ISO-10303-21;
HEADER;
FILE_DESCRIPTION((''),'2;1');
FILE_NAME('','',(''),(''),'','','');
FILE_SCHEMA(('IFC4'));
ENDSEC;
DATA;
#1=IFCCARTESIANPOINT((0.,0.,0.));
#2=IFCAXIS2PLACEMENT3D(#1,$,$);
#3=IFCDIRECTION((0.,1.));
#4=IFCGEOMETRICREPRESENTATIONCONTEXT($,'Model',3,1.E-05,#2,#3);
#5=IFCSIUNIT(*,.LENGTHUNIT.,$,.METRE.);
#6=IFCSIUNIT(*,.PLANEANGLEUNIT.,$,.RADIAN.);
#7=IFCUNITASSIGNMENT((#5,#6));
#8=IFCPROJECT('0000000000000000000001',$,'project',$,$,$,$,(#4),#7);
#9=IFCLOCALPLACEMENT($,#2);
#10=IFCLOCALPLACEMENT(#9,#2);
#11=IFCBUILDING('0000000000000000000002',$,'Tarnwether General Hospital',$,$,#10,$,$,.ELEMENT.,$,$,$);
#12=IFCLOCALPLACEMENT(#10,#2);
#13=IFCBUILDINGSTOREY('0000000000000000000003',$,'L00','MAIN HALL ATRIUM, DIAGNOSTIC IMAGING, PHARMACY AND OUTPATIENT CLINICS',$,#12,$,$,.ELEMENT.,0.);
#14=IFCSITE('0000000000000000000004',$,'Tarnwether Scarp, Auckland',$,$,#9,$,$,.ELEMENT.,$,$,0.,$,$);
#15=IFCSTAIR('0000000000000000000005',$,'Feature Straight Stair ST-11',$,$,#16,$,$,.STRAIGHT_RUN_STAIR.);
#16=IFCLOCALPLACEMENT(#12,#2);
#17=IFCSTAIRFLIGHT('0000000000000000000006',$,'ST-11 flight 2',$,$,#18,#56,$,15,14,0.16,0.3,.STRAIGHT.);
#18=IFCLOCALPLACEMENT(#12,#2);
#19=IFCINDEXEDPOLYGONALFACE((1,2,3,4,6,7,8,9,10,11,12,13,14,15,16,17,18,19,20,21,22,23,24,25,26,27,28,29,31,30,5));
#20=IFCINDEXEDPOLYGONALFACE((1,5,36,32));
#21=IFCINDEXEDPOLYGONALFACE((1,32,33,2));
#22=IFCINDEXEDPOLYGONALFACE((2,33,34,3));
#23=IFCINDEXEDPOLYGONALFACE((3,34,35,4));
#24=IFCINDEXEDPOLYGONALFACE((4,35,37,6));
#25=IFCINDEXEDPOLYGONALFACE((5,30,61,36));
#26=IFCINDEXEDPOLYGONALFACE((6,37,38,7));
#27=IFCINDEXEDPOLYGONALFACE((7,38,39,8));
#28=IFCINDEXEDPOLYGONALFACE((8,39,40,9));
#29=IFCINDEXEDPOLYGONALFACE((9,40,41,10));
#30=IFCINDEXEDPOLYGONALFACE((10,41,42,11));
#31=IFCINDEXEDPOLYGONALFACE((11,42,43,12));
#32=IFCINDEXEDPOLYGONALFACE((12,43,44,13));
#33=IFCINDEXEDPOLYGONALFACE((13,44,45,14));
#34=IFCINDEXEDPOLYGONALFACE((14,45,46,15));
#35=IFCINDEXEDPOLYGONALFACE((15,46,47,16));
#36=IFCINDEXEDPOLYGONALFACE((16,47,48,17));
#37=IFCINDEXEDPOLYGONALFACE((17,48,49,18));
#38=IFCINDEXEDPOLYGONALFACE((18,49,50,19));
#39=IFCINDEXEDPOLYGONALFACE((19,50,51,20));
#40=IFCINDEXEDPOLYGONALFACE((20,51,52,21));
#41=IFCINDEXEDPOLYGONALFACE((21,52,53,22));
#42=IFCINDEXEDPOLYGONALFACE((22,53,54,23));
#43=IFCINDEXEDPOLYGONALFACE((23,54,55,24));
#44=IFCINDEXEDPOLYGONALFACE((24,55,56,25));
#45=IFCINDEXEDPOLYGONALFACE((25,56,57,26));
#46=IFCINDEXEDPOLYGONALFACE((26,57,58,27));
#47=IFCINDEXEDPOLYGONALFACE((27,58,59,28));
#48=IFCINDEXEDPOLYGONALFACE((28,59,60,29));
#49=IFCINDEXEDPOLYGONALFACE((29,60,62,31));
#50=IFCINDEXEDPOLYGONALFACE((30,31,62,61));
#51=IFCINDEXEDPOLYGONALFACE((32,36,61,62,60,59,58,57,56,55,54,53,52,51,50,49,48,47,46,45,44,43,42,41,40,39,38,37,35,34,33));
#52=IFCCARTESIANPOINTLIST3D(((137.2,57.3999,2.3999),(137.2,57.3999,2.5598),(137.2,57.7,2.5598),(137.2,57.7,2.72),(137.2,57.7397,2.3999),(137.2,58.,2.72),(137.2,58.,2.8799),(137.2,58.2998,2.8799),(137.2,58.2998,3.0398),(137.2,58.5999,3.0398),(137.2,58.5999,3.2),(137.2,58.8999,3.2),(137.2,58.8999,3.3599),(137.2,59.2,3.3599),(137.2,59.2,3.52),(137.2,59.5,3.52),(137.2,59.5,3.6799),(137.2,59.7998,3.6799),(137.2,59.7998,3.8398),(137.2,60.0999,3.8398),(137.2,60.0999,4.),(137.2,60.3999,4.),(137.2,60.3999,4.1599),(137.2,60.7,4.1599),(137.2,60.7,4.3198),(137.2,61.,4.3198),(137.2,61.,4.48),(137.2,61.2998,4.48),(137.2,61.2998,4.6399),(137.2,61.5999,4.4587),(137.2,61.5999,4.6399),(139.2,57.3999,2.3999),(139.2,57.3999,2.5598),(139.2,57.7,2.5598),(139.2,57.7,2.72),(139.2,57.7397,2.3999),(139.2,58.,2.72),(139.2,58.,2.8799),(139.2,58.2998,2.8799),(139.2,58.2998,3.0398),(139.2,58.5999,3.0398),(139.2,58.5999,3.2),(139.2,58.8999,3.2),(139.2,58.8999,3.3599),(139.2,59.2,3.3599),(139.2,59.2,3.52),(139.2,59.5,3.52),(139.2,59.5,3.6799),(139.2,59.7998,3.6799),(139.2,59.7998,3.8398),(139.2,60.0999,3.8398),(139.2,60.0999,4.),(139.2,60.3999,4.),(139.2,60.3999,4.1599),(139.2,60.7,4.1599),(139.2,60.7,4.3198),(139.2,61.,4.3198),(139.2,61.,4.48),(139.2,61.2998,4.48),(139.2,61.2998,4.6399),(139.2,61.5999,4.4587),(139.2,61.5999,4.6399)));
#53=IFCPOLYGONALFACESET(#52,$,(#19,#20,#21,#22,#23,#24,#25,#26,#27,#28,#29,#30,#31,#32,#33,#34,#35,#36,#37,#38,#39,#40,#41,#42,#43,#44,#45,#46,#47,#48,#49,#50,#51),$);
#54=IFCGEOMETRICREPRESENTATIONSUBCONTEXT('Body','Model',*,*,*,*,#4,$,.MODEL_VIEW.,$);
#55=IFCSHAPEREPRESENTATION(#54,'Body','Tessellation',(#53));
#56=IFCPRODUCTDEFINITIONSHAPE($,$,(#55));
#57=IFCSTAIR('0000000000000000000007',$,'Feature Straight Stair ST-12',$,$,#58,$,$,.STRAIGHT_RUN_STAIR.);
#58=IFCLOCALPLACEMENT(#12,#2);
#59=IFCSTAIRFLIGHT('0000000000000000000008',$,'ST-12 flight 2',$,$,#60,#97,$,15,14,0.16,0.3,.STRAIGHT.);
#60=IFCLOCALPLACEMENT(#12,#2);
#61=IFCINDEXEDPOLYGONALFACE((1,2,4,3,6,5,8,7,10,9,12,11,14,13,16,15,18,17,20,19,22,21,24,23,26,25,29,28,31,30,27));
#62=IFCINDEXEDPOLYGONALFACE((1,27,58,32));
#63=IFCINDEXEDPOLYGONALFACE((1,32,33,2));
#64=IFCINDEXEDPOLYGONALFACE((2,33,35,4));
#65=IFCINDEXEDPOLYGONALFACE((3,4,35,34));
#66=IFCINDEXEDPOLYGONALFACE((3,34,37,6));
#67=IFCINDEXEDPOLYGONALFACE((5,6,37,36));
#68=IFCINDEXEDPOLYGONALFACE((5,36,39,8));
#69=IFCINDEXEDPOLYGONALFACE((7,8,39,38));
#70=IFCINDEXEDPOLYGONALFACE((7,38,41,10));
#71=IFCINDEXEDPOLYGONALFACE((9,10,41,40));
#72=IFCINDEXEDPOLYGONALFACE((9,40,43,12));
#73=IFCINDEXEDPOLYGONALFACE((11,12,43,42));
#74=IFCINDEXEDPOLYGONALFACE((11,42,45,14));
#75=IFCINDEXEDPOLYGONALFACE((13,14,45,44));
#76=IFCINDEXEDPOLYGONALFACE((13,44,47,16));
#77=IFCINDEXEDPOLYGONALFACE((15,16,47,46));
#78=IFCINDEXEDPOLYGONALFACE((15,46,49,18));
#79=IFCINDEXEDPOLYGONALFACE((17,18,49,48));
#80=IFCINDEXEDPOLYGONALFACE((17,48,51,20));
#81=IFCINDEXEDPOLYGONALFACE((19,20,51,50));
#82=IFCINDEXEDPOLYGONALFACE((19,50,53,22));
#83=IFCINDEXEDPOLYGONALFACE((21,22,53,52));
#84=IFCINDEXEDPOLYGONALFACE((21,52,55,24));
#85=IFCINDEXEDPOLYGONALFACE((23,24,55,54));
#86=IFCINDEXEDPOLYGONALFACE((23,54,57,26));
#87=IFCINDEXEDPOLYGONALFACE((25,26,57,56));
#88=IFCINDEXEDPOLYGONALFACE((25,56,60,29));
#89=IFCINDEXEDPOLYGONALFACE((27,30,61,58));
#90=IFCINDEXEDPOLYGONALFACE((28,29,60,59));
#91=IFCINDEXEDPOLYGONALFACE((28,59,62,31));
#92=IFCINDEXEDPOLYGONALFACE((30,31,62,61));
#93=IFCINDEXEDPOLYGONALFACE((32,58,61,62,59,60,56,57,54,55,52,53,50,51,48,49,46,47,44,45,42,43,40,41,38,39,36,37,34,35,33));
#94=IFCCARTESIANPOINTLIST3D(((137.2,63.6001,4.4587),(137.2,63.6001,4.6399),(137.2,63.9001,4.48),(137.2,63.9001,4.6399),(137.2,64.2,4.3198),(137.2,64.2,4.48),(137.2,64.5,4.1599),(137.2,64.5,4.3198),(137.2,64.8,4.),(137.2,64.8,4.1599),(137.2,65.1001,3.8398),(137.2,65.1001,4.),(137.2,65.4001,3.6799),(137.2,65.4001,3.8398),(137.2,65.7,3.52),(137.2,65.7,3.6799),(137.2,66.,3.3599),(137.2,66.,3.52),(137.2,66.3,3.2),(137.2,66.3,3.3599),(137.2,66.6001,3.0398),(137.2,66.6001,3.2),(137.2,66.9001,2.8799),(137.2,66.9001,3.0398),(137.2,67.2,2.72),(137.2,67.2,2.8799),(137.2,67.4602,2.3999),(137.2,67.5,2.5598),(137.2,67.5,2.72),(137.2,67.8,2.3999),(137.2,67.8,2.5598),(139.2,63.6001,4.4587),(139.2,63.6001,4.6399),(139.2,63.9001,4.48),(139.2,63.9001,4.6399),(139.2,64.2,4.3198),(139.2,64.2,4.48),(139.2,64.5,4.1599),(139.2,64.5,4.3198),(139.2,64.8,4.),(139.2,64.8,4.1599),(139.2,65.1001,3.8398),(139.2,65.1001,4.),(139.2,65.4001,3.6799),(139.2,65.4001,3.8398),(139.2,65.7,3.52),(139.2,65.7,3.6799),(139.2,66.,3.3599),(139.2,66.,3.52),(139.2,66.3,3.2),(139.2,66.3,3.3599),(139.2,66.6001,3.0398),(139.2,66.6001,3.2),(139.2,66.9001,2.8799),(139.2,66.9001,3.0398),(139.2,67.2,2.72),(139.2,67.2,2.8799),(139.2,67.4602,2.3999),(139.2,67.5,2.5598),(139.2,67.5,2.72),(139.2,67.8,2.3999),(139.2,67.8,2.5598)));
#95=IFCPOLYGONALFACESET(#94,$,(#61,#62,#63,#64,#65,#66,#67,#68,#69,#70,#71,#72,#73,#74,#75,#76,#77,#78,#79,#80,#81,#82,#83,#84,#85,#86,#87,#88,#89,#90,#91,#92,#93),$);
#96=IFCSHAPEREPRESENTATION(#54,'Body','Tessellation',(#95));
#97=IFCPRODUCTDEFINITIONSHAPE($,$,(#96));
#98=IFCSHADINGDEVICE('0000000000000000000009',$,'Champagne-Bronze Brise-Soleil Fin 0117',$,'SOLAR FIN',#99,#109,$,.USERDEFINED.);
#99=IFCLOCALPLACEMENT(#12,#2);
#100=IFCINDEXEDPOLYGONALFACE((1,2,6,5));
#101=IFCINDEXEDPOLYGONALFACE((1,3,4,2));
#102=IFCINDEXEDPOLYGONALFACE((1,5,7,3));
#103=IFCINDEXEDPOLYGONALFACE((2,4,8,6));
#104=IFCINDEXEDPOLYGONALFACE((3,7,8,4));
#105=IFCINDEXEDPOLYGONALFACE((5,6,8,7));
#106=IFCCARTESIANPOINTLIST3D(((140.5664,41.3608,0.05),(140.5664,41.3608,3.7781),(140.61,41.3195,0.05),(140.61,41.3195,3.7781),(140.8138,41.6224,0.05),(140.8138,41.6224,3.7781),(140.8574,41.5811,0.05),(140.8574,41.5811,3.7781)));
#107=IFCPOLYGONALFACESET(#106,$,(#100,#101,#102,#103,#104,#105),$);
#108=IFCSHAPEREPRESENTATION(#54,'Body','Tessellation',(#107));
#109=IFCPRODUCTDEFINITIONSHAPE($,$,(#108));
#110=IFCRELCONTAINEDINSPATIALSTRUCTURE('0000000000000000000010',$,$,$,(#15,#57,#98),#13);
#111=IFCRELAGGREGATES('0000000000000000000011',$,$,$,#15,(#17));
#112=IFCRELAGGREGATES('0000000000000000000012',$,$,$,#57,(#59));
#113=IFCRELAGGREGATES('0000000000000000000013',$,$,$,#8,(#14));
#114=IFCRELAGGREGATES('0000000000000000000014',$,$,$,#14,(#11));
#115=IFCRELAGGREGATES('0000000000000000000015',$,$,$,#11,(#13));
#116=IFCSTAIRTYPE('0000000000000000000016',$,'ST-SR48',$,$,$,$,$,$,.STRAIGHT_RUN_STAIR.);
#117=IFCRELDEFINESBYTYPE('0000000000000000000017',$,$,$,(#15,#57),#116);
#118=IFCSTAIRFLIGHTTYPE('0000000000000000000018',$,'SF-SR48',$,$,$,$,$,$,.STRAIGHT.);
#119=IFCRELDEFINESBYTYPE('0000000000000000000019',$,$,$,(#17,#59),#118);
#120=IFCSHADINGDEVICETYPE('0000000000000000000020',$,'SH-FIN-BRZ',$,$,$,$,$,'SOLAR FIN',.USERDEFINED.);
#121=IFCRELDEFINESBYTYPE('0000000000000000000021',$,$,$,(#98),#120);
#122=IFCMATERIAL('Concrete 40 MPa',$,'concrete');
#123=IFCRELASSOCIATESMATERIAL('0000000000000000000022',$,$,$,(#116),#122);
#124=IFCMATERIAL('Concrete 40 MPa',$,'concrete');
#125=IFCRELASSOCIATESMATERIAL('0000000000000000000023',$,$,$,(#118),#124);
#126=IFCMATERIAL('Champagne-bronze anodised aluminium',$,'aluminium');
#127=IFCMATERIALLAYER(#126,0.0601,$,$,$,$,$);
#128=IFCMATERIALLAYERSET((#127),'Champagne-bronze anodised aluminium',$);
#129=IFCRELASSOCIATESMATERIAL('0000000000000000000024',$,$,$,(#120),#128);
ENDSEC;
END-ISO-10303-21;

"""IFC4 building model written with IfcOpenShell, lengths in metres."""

from ifc_helpers import new_model, si_unit, direction, frame, origin, origin_2d, place, context, subcontext, project, spatial, polyline, rectangle, outline, extrude, material, layer, layer_set, type_object, element, aggregate, save


model = new_model("IFC4")

# Units and contexts
model_context = context("Model", 3, precision=1e-05, world=origin(), true_north=direction((0.0, 1.0)))
body_context = subcontext(model_context, "Body", "Model", "MODEL_VIEW")
ifc_project = project(units=[si_unit("LENGTHUNIT", "METRE"), si_unit("PLANEANGLEUNIT", "RADIAN")], contexts=[model_context])

# Site, building, storey
site_placement = place(None, origin())
site = spatial("IfcSite", under=ifc_project, at=site_placement, Name="Tarnwether Scarp, Auckland", CompositionType="ELEMENT", RefElevation=0.0)
building_placement = place(site_placement, origin())
building = spatial("IfcBuilding", under=site, at=building_placement, Name="Tarnwether General Hospital", CompositionType="ELEMENT")
storey_placement = place(building_placement, origin())
storey = spatial("IfcBuildingStorey", under=building, at=storey_placement, Name="L00", Description="MAIN HALL ATRIUM, DIAGNOSTIC IMAGING, PHARMACY AND OUTPATIENT CLINICS", CompositionType="ELEMENT", Elevation=0.0)

# Stair, stair flight
ifc_material_1 = material(Name="Concrete 40 MPa", Category="concrete")
stair_type = type_object("IfcStairType", Name="ST-SR48", PredefinedType="STRAIGHT_RUN_STAIR", material=ifc_material_1)
stair_1_placement = place(storey_placement, origin())
stair_1 = element("IfcStair", 1, at=stair_1_placement, inside=storey, type_object=stair_type, Name="Feature Straight Stair ST-11", PredefinedType="STRAIGHT_RUN_STAIR")
ifc_material_2 = material(Name="Concrete 40 MPa", Category="concrete")
stair_flight_type = type_object("IfcStairFlightType", Name="SF-SR48", PredefinedType="STRAIGHT", material=ifc_material_2)
stair_flight_1_placement = place(storey_placement, frame((138.2, 57.3999, 2.3999), z_axis=(0.0, 0.0, 1.0), x_axis=(0.0, 1.0, 0.0)))
stair_flight_1 = element("IfcStairFlight", 2, at=stair_flight_1_placement, type_object=stair_flight_type, Name="ST-11 flight 2", NumberOfRisers=15, NumberOfTreads=14, PredefinedType="STRAIGHT", RiserHeight=0.16, TreadLength=0.3, context=body_context, shape_type="SweptSolid", body=[
    extrude(outline(polyline([(0.0, 0.0), (0.0, 0.1599), (0.3, 0.1599), (0.3, 0.3201), (0.6001, 0.3201), (0.6001, 0.48), (0.8999, 0.48), (0.8999, 0.6399), (1.2, 0.6399), (1.2, 0.8), (1.5, 0.8), (1.5, 0.96), (1.8, 0.96), (1.8, 1.1201), (2.1001, 1.1201), (2.1001, 1.28), (2.3999, 1.28), (2.3999, 1.4399), (2.7, 1.4399), (2.7, 1.6001), (3.0, 1.6001), (3.0, 1.76), (3.3, 1.76), (3.3, 1.9199), (3.6001, 1.9199), (3.6001, 2.0801), (3.8999, 2.0801), (3.8999, 2.24), (4.2, 2.24), (4.2, 2.3999), (4.2, 2.0588), (0.3398, 0.0), (0.0, 0.0)])), frame((0.0, 1.0, 0.0), z_axis=(0.0, -1.0, 0.0), x_axis=(1.0, 0.0, 0.0)), (0.0, 0.0, 1.0), 2.0),
])
aggregate(stair_1, [stair_flight_1])

# Stair, stair flight
stair_2_placement = place(storey_placement, origin())
stair_2 = element("IfcStair", 3, at=stair_2_placement, inside=storey, type_object=stair_type, Name="Feature Straight Stair ST-12", PredefinedType="STRAIGHT_RUN_STAIR")
stair_flight_2_placement = place(storey_placement, frame((138.2, 67.8, 2.3999), z_axis=(0.0, 0.0, 1.0), x_axis=(0.0, -1.0, 0.0)))
stair_flight_2 = element("IfcStairFlight", 4, at=stair_flight_2_placement, type_object=stair_flight_type, Name="ST-12 flight 2", NumberOfRisers=15, NumberOfTreads=14, PredefinedType="STRAIGHT", RiserHeight=0.16, TreadLength=0.3, context=body_context, shape_type="SweptSolid", body=[
    extrude(outline(polyline([(0.0, 0.0), (0.0, 0.1599), (0.3, 0.1599), (0.3, 0.3201), (0.6001, 0.3201), (0.6001, 0.48), (0.8999, 0.48), (0.8999, 0.6399), (1.2, 0.6399), (1.2, 0.8), (1.5, 0.8), (1.5, 0.96), (1.8, 0.96), (1.8, 1.1201), (2.1001, 1.1201), (2.1001, 1.28), (2.3999, 1.28), (2.3999, 1.4399), (2.7, 1.4399), (2.7, 1.6001), (3.0, 1.6001), (3.0, 1.76), (3.3, 1.76), (3.3, 1.9199), (3.6001, 1.9199), (3.6001, 2.0801), (3.8999, 2.0801), (3.8999, 2.24), (4.2, 2.24), (4.2, 2.3999), (4.2, 2.0588), (0.3398, 0.0), (0.0, 0.0)])), frame((0.0, 1.0, 0.0), z_axis=(0.0, -1.0, 0.0), x_axis=(1.0, 0.0, 0.0)), (0.0, 0.0, 1.0), 2.0),
])
aggregate(stair_2, [stair_flight_2])

# Shading device
ifc_material_3 = material(Name="Champagne-bronze anodised aluminium", Category="aluminium")
ifc_layer_1 = layer(ifc_material_3, 0.0601)
ifc_layer_set_1 = layer_set([ifc_layer_1], Name="Champagne-bronze anodised aluminium")
shading_device_type = type_object("IfcShadingDeviceType", Name="SH-FIN-BRZ", ElementType="SOLAR FIN", PredefinedType="USERDEFINED", material=ifc_layer_set_1)
shading_device_placement = place(storey_placement, frame((140.7119, 41.4709, 0.05), z_axis=(0.0, 0.0, 1.0), x_axis=(-0.726575, 0.687088, 0.0)))
element("IfcShadingDevice", 5, at=shading_device_placement, inside=storey, type_object=shading_device_type, Name="Champagne-Bronze Brise-Soleil Fin 0117", ObjectType="SOLAR FIN", PredefinedType="USERDEFINED", context=body_context, shape_type="SweptSolid", body=[
    extrude(rectangle(XDim=0.0601, YDim=0.3601, at=origin_2d()), origin(), (0.0, 0.0, 1.0), 3.728),
])

save(model, "model.ifc")
